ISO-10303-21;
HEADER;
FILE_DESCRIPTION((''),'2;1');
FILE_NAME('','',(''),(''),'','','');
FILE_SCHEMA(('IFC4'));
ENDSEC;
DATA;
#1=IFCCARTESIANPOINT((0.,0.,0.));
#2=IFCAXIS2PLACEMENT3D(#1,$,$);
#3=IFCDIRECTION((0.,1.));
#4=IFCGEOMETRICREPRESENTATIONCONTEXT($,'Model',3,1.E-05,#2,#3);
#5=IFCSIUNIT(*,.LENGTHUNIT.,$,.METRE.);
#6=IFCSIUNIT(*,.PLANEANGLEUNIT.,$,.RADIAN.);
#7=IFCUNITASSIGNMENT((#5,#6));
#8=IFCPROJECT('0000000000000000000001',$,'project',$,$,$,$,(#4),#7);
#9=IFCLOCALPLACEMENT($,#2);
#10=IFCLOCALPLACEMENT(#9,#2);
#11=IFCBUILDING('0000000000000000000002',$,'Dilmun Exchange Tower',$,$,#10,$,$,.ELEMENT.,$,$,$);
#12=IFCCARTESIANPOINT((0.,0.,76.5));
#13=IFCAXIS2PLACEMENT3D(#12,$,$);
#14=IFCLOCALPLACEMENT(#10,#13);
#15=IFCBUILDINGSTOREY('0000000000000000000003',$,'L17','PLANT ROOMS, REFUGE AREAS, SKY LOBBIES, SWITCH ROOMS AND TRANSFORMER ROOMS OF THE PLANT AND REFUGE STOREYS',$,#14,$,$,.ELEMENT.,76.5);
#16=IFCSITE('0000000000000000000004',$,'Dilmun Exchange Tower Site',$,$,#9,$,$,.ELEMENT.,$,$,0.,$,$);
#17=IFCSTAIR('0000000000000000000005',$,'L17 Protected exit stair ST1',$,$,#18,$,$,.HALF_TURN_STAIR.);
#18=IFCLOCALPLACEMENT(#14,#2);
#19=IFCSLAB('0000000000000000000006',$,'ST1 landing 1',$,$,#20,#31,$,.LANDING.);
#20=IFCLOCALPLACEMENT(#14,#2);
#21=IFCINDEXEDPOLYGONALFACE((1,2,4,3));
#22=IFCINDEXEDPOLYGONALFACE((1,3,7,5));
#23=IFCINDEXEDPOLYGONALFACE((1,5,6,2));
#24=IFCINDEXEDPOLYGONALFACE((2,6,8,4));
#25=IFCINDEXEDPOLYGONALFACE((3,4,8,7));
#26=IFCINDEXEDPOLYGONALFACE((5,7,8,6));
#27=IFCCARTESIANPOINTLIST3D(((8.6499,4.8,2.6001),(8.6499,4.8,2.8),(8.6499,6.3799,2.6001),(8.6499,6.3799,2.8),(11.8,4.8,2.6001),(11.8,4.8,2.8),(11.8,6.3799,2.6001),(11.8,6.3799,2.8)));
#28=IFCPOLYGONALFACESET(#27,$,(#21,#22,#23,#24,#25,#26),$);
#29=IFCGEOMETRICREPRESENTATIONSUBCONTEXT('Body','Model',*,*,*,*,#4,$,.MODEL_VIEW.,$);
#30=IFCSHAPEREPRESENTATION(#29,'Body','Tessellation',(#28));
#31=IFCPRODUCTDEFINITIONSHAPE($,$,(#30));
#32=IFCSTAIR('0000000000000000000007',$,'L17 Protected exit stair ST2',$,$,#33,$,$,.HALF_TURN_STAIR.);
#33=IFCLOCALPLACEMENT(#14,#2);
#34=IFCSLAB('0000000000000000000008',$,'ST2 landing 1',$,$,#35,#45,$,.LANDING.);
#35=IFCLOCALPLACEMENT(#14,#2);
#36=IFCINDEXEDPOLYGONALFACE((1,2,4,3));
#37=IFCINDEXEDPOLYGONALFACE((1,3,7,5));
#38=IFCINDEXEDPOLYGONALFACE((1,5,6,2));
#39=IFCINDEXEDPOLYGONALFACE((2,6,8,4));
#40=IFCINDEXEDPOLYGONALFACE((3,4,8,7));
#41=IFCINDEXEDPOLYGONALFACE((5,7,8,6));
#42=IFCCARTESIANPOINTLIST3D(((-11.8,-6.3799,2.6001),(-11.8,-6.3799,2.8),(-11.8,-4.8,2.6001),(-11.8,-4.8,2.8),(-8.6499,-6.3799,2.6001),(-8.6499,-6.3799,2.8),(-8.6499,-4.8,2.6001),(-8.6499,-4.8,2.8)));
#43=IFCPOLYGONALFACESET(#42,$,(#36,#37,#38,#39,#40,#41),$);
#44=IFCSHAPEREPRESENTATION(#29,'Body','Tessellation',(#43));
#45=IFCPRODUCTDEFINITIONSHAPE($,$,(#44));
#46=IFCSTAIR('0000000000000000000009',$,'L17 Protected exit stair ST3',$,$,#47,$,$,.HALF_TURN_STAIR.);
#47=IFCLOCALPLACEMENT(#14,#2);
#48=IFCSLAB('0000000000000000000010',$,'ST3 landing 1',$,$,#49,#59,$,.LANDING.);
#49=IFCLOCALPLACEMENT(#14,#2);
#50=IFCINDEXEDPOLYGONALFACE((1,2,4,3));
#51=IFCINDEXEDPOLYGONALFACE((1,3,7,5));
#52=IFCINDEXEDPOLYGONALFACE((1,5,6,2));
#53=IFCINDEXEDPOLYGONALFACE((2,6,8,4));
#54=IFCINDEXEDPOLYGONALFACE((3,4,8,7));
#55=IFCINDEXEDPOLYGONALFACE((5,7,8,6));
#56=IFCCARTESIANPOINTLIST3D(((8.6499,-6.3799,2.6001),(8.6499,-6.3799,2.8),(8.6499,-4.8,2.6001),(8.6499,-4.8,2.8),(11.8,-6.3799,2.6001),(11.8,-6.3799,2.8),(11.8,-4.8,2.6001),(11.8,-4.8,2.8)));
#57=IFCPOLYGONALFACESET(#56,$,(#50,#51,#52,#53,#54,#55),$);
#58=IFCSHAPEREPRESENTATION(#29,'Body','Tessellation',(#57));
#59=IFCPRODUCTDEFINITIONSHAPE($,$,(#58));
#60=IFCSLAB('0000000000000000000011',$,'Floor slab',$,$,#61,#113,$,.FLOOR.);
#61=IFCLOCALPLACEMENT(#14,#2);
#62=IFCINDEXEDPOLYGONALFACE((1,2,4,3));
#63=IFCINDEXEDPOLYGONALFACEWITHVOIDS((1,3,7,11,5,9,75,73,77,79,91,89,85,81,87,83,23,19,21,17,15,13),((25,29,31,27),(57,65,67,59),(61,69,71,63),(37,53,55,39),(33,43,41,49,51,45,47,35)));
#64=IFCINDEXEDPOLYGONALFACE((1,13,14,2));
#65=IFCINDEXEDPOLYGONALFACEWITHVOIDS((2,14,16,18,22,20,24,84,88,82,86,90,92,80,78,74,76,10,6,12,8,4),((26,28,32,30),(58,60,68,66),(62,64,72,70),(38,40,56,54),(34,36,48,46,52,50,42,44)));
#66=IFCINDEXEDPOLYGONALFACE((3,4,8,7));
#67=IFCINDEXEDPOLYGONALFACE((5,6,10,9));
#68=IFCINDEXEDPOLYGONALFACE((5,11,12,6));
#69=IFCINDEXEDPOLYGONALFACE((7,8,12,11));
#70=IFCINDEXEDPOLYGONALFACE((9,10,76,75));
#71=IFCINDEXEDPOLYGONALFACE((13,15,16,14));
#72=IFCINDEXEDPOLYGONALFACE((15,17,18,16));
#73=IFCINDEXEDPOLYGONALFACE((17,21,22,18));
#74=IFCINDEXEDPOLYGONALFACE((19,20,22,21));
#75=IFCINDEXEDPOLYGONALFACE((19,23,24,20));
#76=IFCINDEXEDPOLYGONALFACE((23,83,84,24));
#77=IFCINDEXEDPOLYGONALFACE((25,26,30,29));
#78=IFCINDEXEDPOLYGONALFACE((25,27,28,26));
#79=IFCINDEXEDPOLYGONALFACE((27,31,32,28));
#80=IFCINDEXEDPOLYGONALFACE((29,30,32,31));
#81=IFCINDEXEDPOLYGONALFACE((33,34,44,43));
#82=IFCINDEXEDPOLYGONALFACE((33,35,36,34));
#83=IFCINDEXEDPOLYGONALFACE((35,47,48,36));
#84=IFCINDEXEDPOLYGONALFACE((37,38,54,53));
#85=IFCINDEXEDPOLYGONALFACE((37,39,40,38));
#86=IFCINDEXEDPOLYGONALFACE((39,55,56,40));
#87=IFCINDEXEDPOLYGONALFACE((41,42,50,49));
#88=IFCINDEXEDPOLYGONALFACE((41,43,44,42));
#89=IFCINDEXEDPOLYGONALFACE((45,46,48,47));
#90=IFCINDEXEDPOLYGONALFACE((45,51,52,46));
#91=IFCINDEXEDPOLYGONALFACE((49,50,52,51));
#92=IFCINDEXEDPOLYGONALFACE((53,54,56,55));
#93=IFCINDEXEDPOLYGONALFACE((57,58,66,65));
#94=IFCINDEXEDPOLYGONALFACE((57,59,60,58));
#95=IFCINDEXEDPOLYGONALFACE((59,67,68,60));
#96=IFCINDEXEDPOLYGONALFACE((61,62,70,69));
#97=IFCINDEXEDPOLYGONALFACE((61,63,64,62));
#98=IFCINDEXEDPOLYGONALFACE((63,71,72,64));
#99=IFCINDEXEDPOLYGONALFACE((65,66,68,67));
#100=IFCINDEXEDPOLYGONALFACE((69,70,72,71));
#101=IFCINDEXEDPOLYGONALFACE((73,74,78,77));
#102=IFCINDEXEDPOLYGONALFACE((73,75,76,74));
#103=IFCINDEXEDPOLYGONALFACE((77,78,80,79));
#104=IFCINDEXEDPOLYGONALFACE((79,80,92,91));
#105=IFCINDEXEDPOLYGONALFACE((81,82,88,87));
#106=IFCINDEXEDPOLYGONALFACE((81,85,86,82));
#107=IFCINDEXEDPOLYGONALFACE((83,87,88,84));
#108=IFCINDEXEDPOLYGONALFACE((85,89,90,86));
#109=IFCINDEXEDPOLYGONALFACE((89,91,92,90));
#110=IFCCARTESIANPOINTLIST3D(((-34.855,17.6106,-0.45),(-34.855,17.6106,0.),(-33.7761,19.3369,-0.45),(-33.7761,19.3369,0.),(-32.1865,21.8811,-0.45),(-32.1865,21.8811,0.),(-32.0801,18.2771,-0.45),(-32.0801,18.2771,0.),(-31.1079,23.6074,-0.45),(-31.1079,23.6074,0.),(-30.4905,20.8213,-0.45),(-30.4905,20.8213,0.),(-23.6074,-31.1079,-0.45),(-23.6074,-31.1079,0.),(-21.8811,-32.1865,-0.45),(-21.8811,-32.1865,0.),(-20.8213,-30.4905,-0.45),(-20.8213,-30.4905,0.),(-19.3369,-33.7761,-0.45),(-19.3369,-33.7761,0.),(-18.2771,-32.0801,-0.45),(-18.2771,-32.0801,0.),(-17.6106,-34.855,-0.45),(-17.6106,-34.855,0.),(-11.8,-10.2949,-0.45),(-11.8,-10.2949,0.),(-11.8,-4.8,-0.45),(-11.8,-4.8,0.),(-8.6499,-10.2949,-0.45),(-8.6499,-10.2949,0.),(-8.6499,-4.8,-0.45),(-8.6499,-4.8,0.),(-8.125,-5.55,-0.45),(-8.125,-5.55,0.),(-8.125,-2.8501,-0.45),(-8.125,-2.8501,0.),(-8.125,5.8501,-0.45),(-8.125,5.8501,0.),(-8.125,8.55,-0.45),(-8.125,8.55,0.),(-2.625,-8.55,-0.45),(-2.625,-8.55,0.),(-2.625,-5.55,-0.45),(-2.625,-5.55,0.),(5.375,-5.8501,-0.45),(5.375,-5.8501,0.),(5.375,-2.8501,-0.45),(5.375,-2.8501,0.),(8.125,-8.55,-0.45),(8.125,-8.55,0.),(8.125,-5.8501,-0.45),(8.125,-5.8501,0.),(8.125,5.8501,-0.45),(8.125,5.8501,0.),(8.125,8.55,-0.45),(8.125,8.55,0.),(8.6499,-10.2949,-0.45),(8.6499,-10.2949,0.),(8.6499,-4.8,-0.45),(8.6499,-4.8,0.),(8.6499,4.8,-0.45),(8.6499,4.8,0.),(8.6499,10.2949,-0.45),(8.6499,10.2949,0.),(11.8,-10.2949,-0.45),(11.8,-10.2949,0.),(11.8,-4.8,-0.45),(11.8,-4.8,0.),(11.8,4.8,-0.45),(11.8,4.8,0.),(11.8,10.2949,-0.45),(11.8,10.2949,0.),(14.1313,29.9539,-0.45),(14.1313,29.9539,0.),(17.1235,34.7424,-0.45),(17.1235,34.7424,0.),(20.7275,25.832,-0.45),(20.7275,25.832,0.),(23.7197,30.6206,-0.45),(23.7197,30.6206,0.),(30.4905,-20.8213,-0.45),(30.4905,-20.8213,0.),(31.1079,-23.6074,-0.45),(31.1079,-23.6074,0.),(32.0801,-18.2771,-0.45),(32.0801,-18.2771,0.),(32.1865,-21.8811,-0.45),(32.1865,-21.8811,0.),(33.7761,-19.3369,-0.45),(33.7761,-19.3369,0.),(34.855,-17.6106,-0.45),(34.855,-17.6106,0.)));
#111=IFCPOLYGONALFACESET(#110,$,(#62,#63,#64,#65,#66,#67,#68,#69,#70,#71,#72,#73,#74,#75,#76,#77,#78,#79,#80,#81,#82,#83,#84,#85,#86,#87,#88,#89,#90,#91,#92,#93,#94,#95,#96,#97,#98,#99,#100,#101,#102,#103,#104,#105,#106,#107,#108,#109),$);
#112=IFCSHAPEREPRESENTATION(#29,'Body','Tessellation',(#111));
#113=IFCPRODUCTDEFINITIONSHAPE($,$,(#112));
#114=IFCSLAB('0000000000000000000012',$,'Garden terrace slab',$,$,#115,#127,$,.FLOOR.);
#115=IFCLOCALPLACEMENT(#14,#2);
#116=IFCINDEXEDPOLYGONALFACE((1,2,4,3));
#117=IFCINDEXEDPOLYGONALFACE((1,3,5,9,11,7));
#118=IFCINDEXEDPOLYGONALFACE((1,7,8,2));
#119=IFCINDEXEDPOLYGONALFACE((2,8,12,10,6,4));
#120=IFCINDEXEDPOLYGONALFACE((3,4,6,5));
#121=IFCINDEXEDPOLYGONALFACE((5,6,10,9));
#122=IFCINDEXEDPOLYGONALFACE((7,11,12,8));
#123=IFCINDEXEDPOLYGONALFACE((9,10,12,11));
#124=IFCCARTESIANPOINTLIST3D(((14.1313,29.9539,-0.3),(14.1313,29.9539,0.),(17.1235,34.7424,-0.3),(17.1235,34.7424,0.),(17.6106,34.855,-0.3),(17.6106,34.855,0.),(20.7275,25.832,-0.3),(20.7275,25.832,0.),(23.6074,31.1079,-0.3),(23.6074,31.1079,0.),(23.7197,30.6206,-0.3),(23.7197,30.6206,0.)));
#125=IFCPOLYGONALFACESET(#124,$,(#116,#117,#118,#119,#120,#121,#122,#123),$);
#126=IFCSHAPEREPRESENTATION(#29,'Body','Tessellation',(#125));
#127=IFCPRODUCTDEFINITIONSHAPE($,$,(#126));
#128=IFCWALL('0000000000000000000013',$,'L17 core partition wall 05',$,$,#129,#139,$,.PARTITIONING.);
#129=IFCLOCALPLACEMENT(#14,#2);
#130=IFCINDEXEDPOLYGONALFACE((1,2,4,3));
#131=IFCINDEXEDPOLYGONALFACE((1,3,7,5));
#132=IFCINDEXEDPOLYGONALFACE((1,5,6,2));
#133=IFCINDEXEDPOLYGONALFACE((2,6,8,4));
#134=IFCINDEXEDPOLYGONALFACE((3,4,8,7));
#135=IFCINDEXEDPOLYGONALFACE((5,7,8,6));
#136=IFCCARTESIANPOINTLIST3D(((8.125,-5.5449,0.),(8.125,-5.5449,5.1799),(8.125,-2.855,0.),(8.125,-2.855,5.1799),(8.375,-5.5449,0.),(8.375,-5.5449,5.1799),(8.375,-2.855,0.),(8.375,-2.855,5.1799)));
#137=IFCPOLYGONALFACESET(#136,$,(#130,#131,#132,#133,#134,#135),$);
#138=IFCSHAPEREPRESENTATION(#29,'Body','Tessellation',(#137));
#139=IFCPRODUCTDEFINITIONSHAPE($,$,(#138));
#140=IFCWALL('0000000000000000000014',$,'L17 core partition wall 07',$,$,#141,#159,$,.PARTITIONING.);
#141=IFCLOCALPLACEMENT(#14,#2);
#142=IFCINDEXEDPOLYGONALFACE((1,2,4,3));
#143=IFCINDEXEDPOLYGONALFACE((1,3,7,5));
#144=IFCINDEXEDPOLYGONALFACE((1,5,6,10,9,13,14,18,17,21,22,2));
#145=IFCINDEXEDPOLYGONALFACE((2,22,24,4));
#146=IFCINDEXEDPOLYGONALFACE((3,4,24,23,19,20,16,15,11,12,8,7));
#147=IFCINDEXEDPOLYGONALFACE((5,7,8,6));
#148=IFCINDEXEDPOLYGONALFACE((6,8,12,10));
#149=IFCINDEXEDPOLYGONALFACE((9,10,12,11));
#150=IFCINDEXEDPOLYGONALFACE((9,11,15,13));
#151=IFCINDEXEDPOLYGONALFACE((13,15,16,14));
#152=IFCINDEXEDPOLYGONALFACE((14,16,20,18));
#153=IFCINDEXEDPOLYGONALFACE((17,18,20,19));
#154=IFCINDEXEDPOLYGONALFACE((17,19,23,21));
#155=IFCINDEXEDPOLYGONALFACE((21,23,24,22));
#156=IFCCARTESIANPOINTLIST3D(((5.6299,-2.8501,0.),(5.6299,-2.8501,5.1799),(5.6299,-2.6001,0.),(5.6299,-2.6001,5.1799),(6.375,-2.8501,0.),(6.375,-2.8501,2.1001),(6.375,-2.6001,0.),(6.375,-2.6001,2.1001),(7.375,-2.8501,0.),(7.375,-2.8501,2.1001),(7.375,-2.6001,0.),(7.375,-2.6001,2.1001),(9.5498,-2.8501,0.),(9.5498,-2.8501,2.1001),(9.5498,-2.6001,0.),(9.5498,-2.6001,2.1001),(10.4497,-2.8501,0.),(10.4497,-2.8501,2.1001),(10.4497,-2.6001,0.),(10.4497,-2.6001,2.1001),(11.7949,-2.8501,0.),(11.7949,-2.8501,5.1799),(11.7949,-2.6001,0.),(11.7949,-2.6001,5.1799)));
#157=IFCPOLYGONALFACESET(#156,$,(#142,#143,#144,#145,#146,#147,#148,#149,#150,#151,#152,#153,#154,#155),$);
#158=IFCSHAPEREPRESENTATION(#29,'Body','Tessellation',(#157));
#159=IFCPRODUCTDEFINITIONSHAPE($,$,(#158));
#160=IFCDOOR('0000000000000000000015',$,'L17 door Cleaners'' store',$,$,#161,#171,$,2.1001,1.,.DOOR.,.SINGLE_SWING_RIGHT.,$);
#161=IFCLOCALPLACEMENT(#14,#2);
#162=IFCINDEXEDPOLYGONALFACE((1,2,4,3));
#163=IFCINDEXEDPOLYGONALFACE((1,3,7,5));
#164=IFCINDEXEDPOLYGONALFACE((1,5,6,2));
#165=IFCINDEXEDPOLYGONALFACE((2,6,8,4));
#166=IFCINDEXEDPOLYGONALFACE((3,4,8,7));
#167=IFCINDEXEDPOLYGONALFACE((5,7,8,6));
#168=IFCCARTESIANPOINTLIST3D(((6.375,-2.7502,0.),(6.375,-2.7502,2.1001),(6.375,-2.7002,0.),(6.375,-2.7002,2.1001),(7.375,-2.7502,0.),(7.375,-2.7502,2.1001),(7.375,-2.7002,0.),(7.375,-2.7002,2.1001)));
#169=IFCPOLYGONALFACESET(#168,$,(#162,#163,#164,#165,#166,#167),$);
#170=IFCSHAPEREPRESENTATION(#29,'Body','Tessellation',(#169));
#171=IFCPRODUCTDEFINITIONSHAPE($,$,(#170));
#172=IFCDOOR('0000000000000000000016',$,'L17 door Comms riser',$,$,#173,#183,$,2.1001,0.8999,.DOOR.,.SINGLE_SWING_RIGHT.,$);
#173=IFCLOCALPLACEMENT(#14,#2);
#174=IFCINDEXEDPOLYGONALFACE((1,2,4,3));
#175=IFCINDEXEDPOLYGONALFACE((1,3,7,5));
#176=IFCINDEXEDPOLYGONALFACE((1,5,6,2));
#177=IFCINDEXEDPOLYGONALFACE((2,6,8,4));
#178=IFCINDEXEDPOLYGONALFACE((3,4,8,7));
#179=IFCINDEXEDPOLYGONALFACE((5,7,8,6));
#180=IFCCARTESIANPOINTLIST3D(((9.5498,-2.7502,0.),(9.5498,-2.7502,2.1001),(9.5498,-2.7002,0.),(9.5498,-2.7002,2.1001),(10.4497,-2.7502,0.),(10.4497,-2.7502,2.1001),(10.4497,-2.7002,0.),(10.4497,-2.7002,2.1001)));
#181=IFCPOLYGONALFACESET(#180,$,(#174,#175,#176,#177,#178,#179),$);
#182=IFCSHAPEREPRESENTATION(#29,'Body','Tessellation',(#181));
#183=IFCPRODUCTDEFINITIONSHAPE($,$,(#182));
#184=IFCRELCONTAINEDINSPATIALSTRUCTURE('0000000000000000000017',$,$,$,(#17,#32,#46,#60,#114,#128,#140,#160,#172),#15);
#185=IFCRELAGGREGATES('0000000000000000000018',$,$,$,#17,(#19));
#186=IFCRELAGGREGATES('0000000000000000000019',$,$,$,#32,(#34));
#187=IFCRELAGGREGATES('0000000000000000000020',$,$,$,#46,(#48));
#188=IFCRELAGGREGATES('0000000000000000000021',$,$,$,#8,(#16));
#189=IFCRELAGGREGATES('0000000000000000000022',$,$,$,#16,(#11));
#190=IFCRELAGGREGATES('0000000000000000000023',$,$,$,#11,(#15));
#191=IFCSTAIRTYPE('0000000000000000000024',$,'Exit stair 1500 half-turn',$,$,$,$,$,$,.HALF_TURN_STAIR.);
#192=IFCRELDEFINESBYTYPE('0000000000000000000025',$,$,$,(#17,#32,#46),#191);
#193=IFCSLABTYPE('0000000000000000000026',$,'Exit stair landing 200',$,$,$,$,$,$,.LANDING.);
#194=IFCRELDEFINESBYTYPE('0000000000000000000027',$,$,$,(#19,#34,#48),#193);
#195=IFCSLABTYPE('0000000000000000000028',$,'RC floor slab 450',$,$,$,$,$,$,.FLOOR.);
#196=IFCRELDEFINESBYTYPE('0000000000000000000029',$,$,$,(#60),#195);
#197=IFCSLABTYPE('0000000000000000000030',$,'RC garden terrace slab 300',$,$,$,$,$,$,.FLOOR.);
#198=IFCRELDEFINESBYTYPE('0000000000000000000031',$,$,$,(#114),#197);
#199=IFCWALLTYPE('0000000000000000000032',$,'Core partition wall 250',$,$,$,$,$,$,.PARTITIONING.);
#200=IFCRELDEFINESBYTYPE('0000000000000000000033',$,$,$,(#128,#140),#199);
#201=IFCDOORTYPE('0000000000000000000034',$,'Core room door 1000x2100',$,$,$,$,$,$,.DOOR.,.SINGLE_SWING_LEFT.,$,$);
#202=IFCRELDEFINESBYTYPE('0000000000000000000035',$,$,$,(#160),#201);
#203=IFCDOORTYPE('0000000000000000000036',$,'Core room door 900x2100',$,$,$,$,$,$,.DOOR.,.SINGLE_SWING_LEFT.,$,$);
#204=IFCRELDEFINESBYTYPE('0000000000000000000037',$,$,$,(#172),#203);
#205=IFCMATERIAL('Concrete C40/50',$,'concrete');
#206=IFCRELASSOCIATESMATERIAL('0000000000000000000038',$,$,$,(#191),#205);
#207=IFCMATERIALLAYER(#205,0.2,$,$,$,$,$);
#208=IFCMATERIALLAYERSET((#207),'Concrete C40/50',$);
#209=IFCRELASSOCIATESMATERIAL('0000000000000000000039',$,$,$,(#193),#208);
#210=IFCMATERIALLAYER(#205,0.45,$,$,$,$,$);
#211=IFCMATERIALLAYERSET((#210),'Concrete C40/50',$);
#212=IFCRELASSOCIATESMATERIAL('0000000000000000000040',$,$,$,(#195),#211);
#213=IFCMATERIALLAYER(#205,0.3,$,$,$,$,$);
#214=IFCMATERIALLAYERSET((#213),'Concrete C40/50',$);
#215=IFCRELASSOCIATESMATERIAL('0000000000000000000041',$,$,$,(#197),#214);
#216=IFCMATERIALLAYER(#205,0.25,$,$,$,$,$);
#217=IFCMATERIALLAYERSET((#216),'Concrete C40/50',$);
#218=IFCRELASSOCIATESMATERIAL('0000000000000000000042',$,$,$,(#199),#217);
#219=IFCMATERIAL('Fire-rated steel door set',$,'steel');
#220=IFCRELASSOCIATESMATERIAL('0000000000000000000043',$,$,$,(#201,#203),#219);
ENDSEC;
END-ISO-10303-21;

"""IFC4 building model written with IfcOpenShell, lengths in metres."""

from ifc_helpers import new_model, si_unit, direction, frame, frame_2d, origin, place, context, subcontext, project, spatial, polyline, rectangle, outline, extrude, material, layer, layer_set, type_object, element, fill, aggregate, save


model = new_model("IFC4")

# Units and contexts
model_context = context("Model", 3, precision=1e-05, world=origin(), true_north=direction((0.0, 1.0)))
body_context = subcontext(model_context, "Body", "Model", "MODEL_VIEW")
ifc_project = project(units=[si_unit("LENGTHUNIT", "METRE"), si_unit("PLANEANGLEUNIT", "RADIAN")], contexts=[model_context])

# Site, building, storey
site_placement = place(None, origin())
site = spatial("IfcSite", under=ifc_project, at=site_placement, Name="Dilmun Exchange Tower Site", CompositionType="ELEMENT", RefElevation=0.0)
building_placement = place(site_placement, origin())
building = spatial("IfcBuilding", under=site, at=building_placement, Name="Dilmun Exchange Tower", CompositionType="ELEMENT")
storey_placement = place(building_placement, frame((0.0, 0.0, 76.5)))
storey = spatial("IfcBuildingStorey", under=building, at=storey_placement, Name="L17", Description="PLANT ROOMS, REFUGE AREAS, SKY LOBBIES, SWITCH ROOMS AND TRANSFORMER ROOMS OF THE PLANT AND REFUGE STOREYS", CompositionType="ELEMENT", Elevation=76.5)

# Stairs, slabs
ifc_material_1 = material(Name="Concrete C40/50", Category="concrete")
stair_type = type_object("IfcStairType", Name="Exit stair 1500 half-turn", PredefinedType="HALF_TURN_STAIR", material=ifc_material_1)
stair_1_placement = place(storey_placement, origin())
stair_1 = element("IfcStair", 1, at=stair_1_placement, inside=storey, type_object=stair_type, Name="L17 Protected exit stair ST1", PredefinedType="HALF_TURN_STAIR")
ifc_layer_1 = layer(ifc_material_1, 0.2)
ifc_layer_set_1 = layer_set([ifc_layer_1], Name="Concrete C40/50")
slab_type_1 = type_object("IfcSlabType", Name="Exit stair landing 200", PredefinedType="LANDING", material=ifc_layer_set_1)
slab_1_placement = place(storey_placement, frame((0.0, 0.0, 2.6001)))
slab_1 = element("IfcSlab", 2, at=slab_1_placement, type_object=slab_type_1, Name="ST1 landing 1", PredefinedType="LANDING", context=body_context, shape_type="SweptSolid", body=[
    extrude(outline(polyline([(8.6499, 6.3799), (8.6499, 4.8), (11.8, 4.8), (11.8, 6.3799), (8.6499, 6.3799)])), origin(), (0.0, 0.0, 1.0), 0.2),
])
aggregate(stair_1, [slab_1])
stair_2_placement = place(storey_placement, origin())
stair_2 = element("IfcStair", 3, at=stair_2_placement, inside=storey, type_object=stair_type, Name="L17 Protected exit stair ST2", PredefinedType="HALF_TURN_STAIR")
slab_2_placement = place(storey_placement, frame((0.0, 0.0, 2.6001)))
slab_2 = element("IfcSlab", 4, at=slab_2_placement, type_object=slab_type_1, Name="ST2 landing 1", PredefinedType="LANDING", context=body_context, shape_type="SweptSolid", body=[
    extrude(outline(polyline([(-8.6499, -6.3799), (-8.6499, -4.8), (-11.8, -4.8), (-11.8, -6.3799), (-8.6499, -6.3799)])), origin(), (0.0, 0.0, 1.0), 0.2),
])
aggregate(stair_2, [slab_2])
stair_3_placement = place(storey_placement, origin())
stair_3 = element("IfcStair", 5, at=stair_3_placement, inside=storey, type_object=stair_type, Name="L17 Protected exit stair ST3", PredefinedType="HALF_TURN_STAIR")
slab_3_placement = place(storey_placement, frame((0.0, 0.0, 2.6001)))
slab_3 = element("IfcSlab", 6, at=slab_3_placement, type_object=slab_type_1, Name="ST3 landing 1", PredefinedType="LANDING", context=body_context, shape_type="SweptSolid", body=[
    extrude(outline(polyline([(11.8, -6.3799), (11.8, -4.8), (8.6499, -4.8), (8.6499, -6.3799), (11.8, -6.3799)])), origin(), (0.0, 0.0, 1.0), 0.2),
])

# Slabs
ifc_layer_2 = layer(ifc_material_1, 0.45)
ifc_layer_set_2 = layer_set([ifc_layer_2], Name="Concrete C40/50")
slab_type_2 = type_object("IfcSlabType", Name="RC floor slab 450", PredefinedType="FLOOR", material=ifc_layer_set_2)
slab_4_placement = place(storey_placement, frame((0.0, 0.0, -0.45)))
element("IfcSlab", 7, at=slab_4_placement, inside=storey, type_object=slab_type_2, Name="Floor slab", PredefinedType="FLOOR", context=body_context, shape_type="SweptSolid", body=[
    extrude(outline(polyline([(33.7761, -19.3369), (32.0801, -18.2771), (30.4905, -20.8213), (32.1865, -21.8811), (31.1079, -23.6074), (-17.6106, -34.855), (-19.3369, -33.7761), (-18.2771, -32.0801), (-20.8213, -30.4905), (-21.8811, -32.1865), (-23.6074, -31.1079), (-34.855, 17.6106), (-33.7761, 19.3369), (-32.0801, 18.2771), (-30.4905, 20.8213), (-32.1865, 21.8811), (-31.1079, 23.6074), (17.1235, 34.7424), (14.1313, 29.9539), (20.7275, 25.832), (23.7197, 30.6206), (34.855, -17.6106), (33.7761, -19.3369)]), holes=[polyline([(-8.6499, -4.8), (-11.8, -4.8), (-11.8, -10.2949), (-8.6499, -10.2949), (-8.6499, -4.8)]), polyline([(11.8, -4.8), (8.6499, -4.8), (8.6499, -10.2949), (11.8, -10.2949), (11.8, -4.8)]), polyline([(-8.125, -2.8501), (-8.125, -5.55), (-2.625, -5.55), (-2.625, -8.55), (8.125, -8.55), (8.125, -5.8501), (5.375, -5.8501), (5.375, -2.8501), (-8.125, -2.8501)]), polyline([(-8.125, 5.8501), (8.125, 5.8501), (8.125, 8.55), (-8.125, 8.55), (-8.125, 5.8501)]), polyline([(8.6499, 10.2949), (8.6499, 4.8), (11.8, 4.8), (11.8, 10.2949), (8.6499, 10.2949)])]), origin(), (0.0, 0.0, 1.0), 0.45),
])
ifc_layer_3 = layer(ifc_material_1, 0.3)
ifc_layer_set_3 = layer_set([ifc_layer_3], Name="Concrete C40/50")
slab_type_3 = type_object("IfcSlabType", Name="RC garden terrace slab 300", PredefinedType="FLOOR", material=ifc_layer_set_3)
slab_5_placement = place(storey_placement, frame((0.0, 0.0, -0.3)))
element("IfcSlab", 8, at=slab_5_placement, inside=storey, type_object=slab_type_3, Name="Garden terrace slab", PredefinedType="FLOOR", context=body_context, shape_type="SweptSolid", body=[
    extrude(outline(polyline([(14.1313, 29.9539), (17.1235, 34.7424), (17.6106, 34.855), (23.6074, 31.1079), (23.7197, 30.6206), (20.7275, 25.832), (14.1313, 29.9539)])), origin(), (0.0, 0.0, 1.0), 0.3),
])

# Wall
ifc_layer_4 = layer(ifc_material_1, 0.25)
ifc_layer_set_4 = layer_set([ifc_layer_4], Name="Concrete C40/50")
wall_type_1 = type_object("IfcWallType", Name="Core partition wall 250", PredefinedType="PARTITIONING", material=ifc_layer_set_4)
wall_1_placement = place(storey_placement, frame((8.25, -5.5449, 0.0), z_axis=(0.0, 0.0, 1.0), x_axis=(0.0, 1.0, 0.0)))
element("IfcWall", 9, at=wall_1_placement, inside=storey, type_object=wall_type_1, Name="L17 core partition wall 05", PredefinedType="PARTITIONING", context=body_context, shape_type="SweptSolid", body=[
    extrude(rectangle(XDim=2.6899, YDim=0.25, at=frame_2d((1.345, 0.0))), origin(), (0.0, 0.0, 1.0), 5.1799),
])

# Wall, openings, doors
wall_2_placement = place(storey_placement, frame((5.6299, -2.7251, 0.0), z_axis=(0.0, 0.0, 1.0), x_axis=(1.0, 0.0, 0.0)))
wall_2 = element("IfcWall", 10, at=wall_2_placement, inside=storey, type_object=wall_type_1, Name="L17 core partition wall 07", PredefinedType="PARTITIONING", context=body_context, shape_type="SweptSolid", body=[
    extrude(rectangle(XDim=6.165, YDim=0.25, at=frame_2d((3.0825, 0.0))), origin(), (0.0, 0.0, 1.0), 5.1799),
])
opening_1_placement = place(wall_2_placement, frame((0.7451, 0.0, 0.0)))
opening_1 = element("IfcOpeningElement", 11, at=opening_1_placement, cuts=wall_2, PredefinedType="OPENING", context=body_context, shape_type="SweptSolid", body=[
    extrude(rectangle(XDim=1.0, YDim=2.1001, at=frame_2d((0.5, 1.05))), frame((0.0, 0.135, 0.0), z_axis=(0.0, -1.0, 0.0), x_axis=(1.0, 0.0, 0.0)), (0.0, 0.0, 1.0), 0.27),
])
opening_2_placement = place(wall_2_placement, frame((3.9199, 0.0, 0.0)))
opening_2 = element("IfcOpeningElement", 12, at=opening_2_placement, cuts=wall_2, PredefinedType="OPENING", context=body_context, shape_type="SweptSolid", body=[
    extrude(rectangle(XDim=0.8999, YDim=2.1001, at=frame_2d((0.45, 1.05))), frame((0.0, 0.135, 0.0), z_axis=(0.0, -1.0, 0.0), x_axis=(1.0, 0.0, 0.0)), (0.0, 0.0, 1.0), 0.27),
])
ifc_material_2 = material(Name="Fire-rated steel door set", Category="steel")
door_type_1 = type_object("IfcDoorType", Name="Core room door 1000x2100", OperationType="SINGLE_SWING_LEFT", PredefinedType="DOOR", material=ifc_material_2)
door_1_placement = place(opening_1_placement, origin())
door_1 = element("IfcDoor", 13, at=door_1_placement, inside=storey, type_object=door_type_1, Name="L17 door Cleaners' store", OperationType="SINGLE_SWING_RIGHT", OverallHeight=2.1001, OverallWidth=1.0, PredefinedType="DOOR", context=body_context, shape_type="SweptSolid", body=[
    extrude(rectangle(XDim=1.0, YDim=2.1001, at=frame_2d((0.5, 1.05))), frame((0.0, 0.0249, 0.0), z_axis=(0.0, -1.0, 0.0), x_axis=(1.0, 0.0, 0.0)), (0.0, 0.0, 1.0), 0.05),
])
fill(opening_1, door_1)
door_type_2 = type_object("IfcDoorType", Name="Core room door 900x2100", OperationType="SINGLE_SWING_LEFT", PredefinedType="DOOR", material=ifc_material_2)
door_2_placement = place(opening_2_placement, origin())
door_2 = element("IfcDoor", 14, at=door_2_placement, inside=storey, type_object=door_type_2, Name="L17 door Comms riser", OperationType="SINGLE_SWING_RIGHT", OverallHeight=2.1001, OverallWidth=0.8999, PredefinedType="DOOR", context=body_context, shape_type="SweptSolid", body=[
    extrude(rectangle(XDim=0.8999, YDim=2.1001, at=frame_2d((0.45, 1.05))), frame((0.0, 0.0249, 0.0), z_axis=(0.0, -1.0, 0.0), x_axis=(1.0, 0.0, 0.0)), (0.0, 0.0, 1.0), 0.05),
])
fill(opening_2, door_2)

aggregate(stair_3, [slab_3])

save(model, "model.ifc")
